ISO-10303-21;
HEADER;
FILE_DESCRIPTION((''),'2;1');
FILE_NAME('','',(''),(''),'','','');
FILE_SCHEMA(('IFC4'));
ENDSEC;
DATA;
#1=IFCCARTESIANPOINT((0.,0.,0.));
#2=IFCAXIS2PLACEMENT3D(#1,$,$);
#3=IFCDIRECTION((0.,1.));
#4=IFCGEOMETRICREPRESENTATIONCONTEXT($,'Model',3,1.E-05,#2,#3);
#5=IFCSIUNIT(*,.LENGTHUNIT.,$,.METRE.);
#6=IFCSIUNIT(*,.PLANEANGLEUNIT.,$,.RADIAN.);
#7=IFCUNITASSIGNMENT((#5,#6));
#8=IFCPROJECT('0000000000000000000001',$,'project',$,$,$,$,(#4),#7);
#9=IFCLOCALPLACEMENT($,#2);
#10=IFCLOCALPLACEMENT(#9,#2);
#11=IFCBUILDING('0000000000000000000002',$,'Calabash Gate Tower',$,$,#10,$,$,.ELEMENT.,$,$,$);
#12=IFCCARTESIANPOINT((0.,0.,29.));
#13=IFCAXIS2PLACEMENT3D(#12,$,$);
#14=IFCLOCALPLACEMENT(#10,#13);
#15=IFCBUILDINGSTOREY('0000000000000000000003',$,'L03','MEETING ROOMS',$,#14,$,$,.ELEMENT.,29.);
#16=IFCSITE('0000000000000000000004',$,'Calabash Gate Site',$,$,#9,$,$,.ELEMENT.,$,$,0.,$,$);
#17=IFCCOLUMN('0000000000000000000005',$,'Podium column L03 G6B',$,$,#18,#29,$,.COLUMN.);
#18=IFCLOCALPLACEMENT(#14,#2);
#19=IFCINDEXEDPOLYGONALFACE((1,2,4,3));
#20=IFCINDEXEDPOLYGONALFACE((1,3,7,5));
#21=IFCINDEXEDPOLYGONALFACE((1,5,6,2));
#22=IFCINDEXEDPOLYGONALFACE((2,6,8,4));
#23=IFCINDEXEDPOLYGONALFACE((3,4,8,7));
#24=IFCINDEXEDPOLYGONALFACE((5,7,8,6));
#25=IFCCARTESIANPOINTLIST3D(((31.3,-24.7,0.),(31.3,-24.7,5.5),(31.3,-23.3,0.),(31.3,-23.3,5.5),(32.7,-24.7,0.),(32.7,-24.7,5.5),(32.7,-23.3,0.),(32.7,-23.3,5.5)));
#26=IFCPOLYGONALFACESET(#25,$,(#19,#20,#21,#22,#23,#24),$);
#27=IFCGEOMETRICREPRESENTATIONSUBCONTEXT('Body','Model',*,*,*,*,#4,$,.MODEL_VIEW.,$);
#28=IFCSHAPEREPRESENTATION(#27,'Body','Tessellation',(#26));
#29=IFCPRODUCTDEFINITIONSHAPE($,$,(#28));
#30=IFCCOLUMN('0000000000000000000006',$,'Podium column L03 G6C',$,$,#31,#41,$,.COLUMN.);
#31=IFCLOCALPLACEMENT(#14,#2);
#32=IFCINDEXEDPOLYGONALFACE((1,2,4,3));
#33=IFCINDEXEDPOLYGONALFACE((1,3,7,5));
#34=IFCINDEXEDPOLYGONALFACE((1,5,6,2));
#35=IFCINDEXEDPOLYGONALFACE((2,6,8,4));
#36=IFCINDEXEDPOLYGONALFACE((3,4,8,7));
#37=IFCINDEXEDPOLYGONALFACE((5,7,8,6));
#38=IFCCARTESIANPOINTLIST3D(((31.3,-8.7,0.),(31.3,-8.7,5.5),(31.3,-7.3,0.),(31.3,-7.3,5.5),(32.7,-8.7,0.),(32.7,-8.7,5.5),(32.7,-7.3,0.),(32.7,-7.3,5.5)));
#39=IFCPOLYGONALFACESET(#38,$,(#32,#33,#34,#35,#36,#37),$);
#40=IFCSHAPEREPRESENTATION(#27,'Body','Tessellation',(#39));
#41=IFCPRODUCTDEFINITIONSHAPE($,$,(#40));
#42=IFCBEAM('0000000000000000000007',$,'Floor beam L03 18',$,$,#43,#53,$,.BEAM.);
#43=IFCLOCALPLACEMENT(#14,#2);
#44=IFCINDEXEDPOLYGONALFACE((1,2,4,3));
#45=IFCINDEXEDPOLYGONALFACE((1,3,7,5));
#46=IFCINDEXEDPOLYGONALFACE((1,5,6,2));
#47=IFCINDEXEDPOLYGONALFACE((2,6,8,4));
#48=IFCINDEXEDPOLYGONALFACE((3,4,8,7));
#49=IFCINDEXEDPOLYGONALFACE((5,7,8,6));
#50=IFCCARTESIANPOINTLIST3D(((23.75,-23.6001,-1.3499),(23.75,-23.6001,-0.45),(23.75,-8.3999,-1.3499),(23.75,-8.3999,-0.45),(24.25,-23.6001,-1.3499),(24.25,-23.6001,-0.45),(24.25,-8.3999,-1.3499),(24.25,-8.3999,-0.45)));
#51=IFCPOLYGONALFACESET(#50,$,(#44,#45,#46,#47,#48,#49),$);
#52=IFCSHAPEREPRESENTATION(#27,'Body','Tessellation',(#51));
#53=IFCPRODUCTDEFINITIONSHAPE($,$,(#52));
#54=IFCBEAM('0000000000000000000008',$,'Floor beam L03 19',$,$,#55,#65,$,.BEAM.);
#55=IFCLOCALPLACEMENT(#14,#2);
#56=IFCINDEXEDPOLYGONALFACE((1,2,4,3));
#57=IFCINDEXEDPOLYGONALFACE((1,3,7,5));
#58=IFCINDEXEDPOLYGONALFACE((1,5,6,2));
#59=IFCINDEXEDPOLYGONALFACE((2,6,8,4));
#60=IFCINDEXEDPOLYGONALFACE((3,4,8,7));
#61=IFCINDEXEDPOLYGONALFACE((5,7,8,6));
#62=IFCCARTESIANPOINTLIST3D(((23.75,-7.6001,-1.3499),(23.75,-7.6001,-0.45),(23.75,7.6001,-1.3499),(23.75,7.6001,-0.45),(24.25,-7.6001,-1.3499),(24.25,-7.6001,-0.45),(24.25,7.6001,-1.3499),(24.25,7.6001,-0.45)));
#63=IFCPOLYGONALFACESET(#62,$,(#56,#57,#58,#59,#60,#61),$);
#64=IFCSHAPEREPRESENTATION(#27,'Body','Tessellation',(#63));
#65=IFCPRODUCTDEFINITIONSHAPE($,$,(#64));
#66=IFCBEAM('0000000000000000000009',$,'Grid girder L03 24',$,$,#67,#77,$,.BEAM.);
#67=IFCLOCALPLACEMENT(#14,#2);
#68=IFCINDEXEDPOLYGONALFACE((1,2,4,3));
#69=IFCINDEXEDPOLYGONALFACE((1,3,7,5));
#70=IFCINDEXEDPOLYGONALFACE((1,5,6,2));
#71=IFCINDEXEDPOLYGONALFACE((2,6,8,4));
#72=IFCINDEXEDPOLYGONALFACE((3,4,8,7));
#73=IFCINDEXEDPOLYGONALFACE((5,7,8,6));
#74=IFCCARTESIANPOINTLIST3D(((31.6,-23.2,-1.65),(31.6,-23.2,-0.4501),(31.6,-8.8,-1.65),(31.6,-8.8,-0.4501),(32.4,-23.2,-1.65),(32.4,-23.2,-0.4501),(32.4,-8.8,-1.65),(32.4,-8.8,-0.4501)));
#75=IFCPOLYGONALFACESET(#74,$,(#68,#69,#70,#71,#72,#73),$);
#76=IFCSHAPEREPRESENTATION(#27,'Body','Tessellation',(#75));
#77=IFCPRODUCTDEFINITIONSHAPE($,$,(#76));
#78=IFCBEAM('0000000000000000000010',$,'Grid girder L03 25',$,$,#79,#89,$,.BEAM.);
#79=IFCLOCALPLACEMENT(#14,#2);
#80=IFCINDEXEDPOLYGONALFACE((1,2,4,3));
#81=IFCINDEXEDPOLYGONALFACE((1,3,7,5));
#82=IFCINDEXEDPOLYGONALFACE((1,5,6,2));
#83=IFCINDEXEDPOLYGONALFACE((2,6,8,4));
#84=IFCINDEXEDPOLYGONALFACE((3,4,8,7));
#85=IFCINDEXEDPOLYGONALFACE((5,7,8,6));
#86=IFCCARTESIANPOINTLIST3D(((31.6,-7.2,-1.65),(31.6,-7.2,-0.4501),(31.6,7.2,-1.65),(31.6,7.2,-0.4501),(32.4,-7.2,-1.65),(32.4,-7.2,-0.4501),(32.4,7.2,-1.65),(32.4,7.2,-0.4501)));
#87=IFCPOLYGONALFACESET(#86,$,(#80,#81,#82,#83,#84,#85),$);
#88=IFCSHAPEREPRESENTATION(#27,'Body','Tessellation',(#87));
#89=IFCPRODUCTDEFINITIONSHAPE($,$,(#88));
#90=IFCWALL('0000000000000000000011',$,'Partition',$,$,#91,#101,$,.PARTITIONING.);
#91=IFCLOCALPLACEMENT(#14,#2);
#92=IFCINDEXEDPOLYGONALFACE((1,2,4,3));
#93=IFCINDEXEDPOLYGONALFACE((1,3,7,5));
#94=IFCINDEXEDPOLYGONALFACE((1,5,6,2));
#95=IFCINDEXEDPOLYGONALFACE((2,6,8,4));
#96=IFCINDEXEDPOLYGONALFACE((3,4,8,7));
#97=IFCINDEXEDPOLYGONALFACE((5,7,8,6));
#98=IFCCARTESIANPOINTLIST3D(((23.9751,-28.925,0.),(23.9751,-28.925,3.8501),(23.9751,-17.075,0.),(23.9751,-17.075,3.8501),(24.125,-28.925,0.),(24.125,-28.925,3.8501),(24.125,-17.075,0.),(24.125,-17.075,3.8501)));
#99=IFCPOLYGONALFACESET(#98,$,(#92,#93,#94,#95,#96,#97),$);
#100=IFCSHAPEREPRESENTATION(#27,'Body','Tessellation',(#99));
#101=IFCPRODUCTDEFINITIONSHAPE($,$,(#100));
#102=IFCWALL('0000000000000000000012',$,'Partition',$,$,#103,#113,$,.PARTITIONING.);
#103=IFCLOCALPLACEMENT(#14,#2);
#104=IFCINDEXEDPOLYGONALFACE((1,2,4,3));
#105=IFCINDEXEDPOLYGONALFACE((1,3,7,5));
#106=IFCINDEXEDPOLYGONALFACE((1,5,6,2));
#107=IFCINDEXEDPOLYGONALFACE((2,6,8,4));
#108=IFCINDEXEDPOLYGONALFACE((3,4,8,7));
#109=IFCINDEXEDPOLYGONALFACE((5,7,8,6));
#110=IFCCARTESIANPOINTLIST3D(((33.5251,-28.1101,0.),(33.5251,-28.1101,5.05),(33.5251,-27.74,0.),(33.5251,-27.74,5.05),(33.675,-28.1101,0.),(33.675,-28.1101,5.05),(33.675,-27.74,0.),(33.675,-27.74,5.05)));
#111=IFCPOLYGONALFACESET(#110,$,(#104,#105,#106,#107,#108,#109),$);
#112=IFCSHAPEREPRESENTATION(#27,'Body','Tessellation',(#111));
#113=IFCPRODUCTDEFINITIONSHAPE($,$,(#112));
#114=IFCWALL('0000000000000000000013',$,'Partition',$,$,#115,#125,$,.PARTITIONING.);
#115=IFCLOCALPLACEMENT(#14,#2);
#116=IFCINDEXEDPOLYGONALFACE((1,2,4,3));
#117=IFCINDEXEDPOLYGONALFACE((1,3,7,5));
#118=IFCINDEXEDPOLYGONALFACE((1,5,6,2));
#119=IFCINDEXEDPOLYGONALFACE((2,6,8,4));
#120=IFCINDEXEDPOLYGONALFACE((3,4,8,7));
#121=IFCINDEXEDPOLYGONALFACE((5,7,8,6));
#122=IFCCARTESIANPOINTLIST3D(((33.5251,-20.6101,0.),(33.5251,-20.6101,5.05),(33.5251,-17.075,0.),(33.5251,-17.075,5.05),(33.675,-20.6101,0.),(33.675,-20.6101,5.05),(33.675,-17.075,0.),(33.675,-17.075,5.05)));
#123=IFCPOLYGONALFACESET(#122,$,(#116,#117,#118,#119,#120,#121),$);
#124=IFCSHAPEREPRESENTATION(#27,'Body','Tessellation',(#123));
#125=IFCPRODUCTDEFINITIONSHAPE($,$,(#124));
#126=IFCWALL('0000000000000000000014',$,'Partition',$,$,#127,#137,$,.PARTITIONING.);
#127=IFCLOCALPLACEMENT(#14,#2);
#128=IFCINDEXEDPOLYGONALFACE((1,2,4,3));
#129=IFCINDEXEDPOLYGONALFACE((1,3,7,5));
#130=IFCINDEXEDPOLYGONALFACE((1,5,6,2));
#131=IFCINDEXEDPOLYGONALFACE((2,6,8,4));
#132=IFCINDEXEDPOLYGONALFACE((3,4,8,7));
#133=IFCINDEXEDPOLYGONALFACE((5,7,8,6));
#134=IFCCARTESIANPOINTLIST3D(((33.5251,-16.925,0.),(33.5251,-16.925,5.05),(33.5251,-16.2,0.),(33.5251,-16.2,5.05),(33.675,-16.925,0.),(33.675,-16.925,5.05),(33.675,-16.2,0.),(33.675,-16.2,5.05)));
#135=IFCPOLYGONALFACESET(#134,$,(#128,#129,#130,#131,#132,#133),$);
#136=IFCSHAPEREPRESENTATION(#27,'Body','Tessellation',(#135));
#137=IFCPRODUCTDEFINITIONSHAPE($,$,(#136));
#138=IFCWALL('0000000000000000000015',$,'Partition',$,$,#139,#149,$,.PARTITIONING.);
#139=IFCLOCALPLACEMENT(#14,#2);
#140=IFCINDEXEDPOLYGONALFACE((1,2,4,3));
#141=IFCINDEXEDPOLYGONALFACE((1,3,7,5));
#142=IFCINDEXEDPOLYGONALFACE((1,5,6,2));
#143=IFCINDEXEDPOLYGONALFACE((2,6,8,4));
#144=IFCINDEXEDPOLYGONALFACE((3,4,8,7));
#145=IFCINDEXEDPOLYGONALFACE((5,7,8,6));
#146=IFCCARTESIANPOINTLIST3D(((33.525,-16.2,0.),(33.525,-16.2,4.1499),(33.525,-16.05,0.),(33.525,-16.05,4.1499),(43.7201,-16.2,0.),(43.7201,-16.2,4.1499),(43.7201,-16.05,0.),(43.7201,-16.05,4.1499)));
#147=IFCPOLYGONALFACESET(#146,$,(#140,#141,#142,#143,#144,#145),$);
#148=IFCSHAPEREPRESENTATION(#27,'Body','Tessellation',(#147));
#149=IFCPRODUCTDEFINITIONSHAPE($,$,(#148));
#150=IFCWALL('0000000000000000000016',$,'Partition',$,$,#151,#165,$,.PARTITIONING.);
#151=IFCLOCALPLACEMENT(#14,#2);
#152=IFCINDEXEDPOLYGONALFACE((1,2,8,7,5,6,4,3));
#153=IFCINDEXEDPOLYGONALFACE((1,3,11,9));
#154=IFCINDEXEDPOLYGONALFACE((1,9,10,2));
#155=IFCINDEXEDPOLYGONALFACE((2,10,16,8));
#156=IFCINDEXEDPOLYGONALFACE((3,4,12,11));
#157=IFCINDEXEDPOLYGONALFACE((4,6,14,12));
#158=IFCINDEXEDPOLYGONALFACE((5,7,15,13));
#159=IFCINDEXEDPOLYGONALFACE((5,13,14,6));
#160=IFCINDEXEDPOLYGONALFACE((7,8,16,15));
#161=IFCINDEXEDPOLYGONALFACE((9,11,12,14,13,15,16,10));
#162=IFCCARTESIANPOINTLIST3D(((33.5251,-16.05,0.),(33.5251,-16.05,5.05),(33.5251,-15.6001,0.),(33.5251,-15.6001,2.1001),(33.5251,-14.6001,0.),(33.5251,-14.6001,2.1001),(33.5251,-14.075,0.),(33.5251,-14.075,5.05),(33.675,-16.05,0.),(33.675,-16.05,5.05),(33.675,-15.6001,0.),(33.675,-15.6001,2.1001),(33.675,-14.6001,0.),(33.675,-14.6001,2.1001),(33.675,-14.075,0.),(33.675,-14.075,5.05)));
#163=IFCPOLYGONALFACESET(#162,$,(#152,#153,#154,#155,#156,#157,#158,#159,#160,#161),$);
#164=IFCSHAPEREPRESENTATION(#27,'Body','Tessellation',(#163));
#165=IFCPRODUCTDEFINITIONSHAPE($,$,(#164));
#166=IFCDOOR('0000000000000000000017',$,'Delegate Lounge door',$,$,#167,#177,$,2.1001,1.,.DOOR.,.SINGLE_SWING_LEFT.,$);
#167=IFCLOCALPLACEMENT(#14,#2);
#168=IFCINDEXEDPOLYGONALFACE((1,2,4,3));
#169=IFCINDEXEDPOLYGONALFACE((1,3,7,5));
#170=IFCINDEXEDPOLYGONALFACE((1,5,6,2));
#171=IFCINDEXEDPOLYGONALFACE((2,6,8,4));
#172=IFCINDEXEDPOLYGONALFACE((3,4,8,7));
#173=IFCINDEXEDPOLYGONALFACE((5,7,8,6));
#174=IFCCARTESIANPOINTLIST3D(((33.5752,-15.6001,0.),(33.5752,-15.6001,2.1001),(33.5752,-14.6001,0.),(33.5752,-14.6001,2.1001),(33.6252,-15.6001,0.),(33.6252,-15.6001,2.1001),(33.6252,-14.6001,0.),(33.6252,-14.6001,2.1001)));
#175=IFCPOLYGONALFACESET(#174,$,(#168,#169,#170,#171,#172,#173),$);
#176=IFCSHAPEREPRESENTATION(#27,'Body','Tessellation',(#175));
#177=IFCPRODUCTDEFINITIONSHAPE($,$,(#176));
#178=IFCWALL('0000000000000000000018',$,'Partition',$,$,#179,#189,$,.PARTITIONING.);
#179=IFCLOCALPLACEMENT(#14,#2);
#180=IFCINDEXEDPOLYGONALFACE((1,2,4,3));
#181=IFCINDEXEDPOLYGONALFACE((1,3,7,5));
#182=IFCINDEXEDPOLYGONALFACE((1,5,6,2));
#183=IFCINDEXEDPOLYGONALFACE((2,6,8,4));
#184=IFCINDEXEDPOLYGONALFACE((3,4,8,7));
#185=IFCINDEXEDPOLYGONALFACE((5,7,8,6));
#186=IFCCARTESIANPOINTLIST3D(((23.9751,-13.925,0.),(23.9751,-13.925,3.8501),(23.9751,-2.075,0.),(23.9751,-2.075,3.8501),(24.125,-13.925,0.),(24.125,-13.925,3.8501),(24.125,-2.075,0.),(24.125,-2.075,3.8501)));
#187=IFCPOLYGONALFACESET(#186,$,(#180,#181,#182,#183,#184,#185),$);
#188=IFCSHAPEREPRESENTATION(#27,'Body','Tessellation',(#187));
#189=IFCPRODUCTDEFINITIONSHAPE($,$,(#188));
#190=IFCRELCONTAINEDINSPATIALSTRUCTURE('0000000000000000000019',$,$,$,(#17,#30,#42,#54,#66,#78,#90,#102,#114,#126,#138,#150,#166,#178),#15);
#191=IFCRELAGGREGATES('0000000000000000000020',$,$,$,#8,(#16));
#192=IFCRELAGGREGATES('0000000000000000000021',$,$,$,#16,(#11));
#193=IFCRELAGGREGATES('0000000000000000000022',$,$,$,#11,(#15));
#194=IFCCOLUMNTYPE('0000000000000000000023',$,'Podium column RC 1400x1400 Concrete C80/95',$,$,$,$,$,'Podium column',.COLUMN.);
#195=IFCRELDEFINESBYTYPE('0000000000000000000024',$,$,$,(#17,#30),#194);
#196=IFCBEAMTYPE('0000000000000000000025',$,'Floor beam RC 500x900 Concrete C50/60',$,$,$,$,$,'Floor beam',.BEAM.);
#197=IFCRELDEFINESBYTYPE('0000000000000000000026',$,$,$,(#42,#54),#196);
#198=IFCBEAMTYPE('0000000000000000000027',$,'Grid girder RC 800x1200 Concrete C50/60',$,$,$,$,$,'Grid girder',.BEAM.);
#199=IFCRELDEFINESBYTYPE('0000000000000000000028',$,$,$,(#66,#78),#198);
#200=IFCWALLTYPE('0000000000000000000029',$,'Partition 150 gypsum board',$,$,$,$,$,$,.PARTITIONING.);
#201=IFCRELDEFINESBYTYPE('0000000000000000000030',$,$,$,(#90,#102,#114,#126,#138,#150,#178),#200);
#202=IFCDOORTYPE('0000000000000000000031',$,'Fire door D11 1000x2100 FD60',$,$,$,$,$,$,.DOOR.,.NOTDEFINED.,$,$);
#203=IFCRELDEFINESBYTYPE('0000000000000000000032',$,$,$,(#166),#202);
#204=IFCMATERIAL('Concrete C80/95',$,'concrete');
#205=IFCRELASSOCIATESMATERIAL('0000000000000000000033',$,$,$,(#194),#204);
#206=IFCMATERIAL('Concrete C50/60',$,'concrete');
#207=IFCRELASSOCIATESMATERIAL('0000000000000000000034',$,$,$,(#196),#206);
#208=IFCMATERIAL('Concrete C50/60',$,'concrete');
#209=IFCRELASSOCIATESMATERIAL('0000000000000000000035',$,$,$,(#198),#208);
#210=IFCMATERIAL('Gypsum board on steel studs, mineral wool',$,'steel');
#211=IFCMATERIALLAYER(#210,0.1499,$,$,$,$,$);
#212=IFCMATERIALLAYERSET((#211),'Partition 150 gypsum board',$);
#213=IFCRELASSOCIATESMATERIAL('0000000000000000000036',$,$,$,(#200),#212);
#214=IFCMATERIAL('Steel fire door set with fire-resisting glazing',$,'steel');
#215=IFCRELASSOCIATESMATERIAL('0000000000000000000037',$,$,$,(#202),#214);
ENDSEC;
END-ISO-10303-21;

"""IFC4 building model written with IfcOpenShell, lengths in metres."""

from ifc_helpers import new_model, si_unit, direction, frame, frame_2d, origin, origin_2d, place, context, subcontext, project, spatial, rectangle, extrude, material, layer, layer_set, material_profile, profile_set, type_object, element, fill, save


model = new_model("IFC4")

# Units and contexts
model_context = context("Model", 3, precision=1e-05, world=origin(), true_north=direction((0.0, 1.0)))
body_context = subcontext(model_context, "Body", "Model", "MODEL_VIEW")
ifc_project = project(units=[si_unit("LENGTHUNIT", "METRE"), si_unit("PLANEANGLEUNIT", "RADIAN")], contexts=[model_context])

# Site, building, storey
site_placement = place(None, origin())
site = spatial("IfcSite", under=ifc_project, at=site_placement, Name="Calabash Gate Site", CompositionType="ELEMENT", RefElevation=0.0)
building_placement = place(site_placement, origin())
building = spatial("IfcBuilding", under=site, at=building_placement, Name="Calabash Gate Tower", CompositionType="ELEMENT")
storey_placement = place(building_placement, frame((0.0, 0.0, 29.0)))
storey = spatial("IfcBuildingStorey", under=building, at=storey_placement, Name="L03", Description="MEETING ROOMS", CompositionType="ELEMENT", Elevation=29.0)

# Columns
ifc_material_1 = material(Name="Concrete C80/95", Category="concrete")
ifc_material_profile_1 = material_profile(ifc_material_1, rectangle(XDim=1.3999, YDim=1.3999, at=origin_2d()))
ifc_profile_set_1 = profile_set([ifc_material_profile_1], Name="Concrete C80/95")
column_type = type_object("IfcColumnType", Name="Podium column RC 1400x1400 Concrete C80/95", ElementType="Podium column", PredefinedType="COLUMN", material=ifc_profile_set_1)
for number, where, z_axis, x_axis, name in (
    (1, (32.0, -24.0, 0.0), (0.0, 0.0, 1.0), (1.0, 0.0, 0.0), "Podium column L03 G6B"),
    (2, (32.0, -8.0, 0.0), (0.0, 0.0, 1.0), (1.0, 0.0, 0.0), "Podium column L03 G6C"),
):
    element("IfcColumn", number, at=place(storey_placement, frame(where, z_axis=z_axis, x_axis=x_axis)), inside=storey, type_object=column_type, Name=name, PredefinedType="COLUMN", context=body_context, shape_type="SweptSolid", body=[
        extrude(rectangle(XDim=1.3999, YDim=1.3999, at=origin_2d()), origin(), (0.0, 0.0, 1.0), 5.5),
    ])

# Beams
ifc_material_2 = material(Name="Concrete C50/60", Category="concrete")
ifc_material_profile_2 = material_profile(ifc_material_2, rectangle(XDim=0.5, YDim=0.8999, at=origin_2d()))
ifc_profile_set_2 = profile_set([ifc_material_profile_2], Name="Concrete C50/60")
beam_type_1 = type_object("IfcBeamType", Name="Floor beam RC 500x900 Concrete C50/60", ElementType="Floor beam", PredefinedType="BEAM", material=ifc_profile_set_2)
for number, where, z_axis, x_axis, name in (
    (3, (24.0, -23.6001, -0.8999), (0.0, 1.0, 0.0), (-1.0, 0.0, 0.0), "Floor beam L03 18"),
    (4, (24.0, -7.6001, -0.8999), (0.0, 1.0, 0.0), (-1.0, 0.0, 0.0), "Floor beam L03 19"),
):
    element("IfcBeam", number, at=place(storey_placement, frame(where, z_axis=z_axis, x_axis=x_axis)), inside=storey, type_object=beam_type_1, Name=name, PredefinedType="BEAM", context=body_context, shape_type="SweptSolid", body=[
        extrude(rectangle(XDim=0.5, YDim=0.8999, at=origin_2d()), origin(), (0.0, 0.0, 1.0), 15.2002),
    ])
ifc_material_3 = material(Name="Concrete C50/60", Category="concrete")
ifc_material_profile_3 = material_profile(ifc_material_3, rectangle(XDim=0.8, YDim=1.2, at=origin_2d()))
ifc_profile_set_3 = profile_set([ifc_material_profile_3], Name="Concrete C50/60")
beam_type_2 = type_object("IfcBeamType", Name="Grid girder RC 800x1200 Concrete C50/60", ElementType="Grid girder", PredefinedType="BEAM", material=ifc_profile_set_3)
for number, where, z_axis, x_axis, name in (
    (5, (32.0, -23.2, -1.05), (0.0, 1.0, 0.0), (-1.0, 0.0, 0.0), "Grid girder L03 24"),
    (6, (32.0, -7.2, -1.05), (0.0, 1.0, 0.0), (-1.0, 0.0, 0.0), "Grid girder L03 25"),
):
    element("IfcBeam", number, at=place(storey_placement, frame(where, z_axis=z_axis, x_axis=x_axis)), inside=storey, type_object=beam_type_2, Name=name, PredefinedType="BEAM", context=body_context, shape_type="SweptSolid", body=[
        extrude(rectangle(XDim=0.8, YDim=1.2, at=origin_2d()), origin(), (0.0, 0.0, 1.0), 14.3999),
    ])

# Walls
ifc_material_4 = material(Name="Gypsum board on steel studs, mineral wool", Category="steel")
ifc_layer_1 = layer(ifc_material_4, 0.1499)
ifc_layer_set_1 = layer_set([ifc_layer_1], Name="Partition 150 gypsum board")
wall_type_1 = type_object("IfcWallType", Name="Partition 150 gypsum board", PredefinedType="PARTITIONING", material=ifc_layer_set_1)
wall_1_placement = place(storey_placement, frame((24.05, -28.925, 0.0), z_axis=(0.0, 0.0, 1.0), x_axis=(0.0, 1.0, 0.0)))
element("IfcWall", 7, at=wall_1_placement, inside=storey, type_object=wall_type_1, Name="Partition", PredefinedType="PARTITIONING", context=body_context, shape_type="SweptSolid", body=[
    extrude(rectangle(XDim=11.8501, YDim=0.1499, at=frame_2d((5.925, 0.0))), origin(), (0.0, 0.0, 1.0), 3.8501),
])
wall_2_placement = place(storey_placement, frame((33.6001, -28.1101, 0.0), z_axis=(0.0, 0.0, 1.0), x_axis=(0.0, 1.0, 0.0)))
element("IfcWall", 8, at=wall_2_placement, inside=storey, type_object=wall_type_1, Name="Partition", PredefinedType="PARTITIONING", context=body_context, shape_type="SweptSolid", body=[
    extrude(rectangle(XDim=0.3701, YDim=0.1499, at=frame_2d((0.1851, 0.0))), origin(), (0.0, 0.0, 1.0), 5.05),
])
wall_3_placement = place(storey_placement, frame((33.6001, -20.6101, 0.0), z_axis=(0.0, 0.0, 1.0), x_axis=(0.0, 1.0, 0.0)))
element("IfcWall", 9, at=wall_3_placement, inside=storey, type_object=wall_type_1, Name="Partition", PredefinedType="PARTITIONING", context=body_context, shape_type="SweptSolid", body=[
    extrude(rectangle(XDim=3.5352, YDim=0.1499, at=frame_2d((1.7676, 0.0))), origin(), (0.0, 0.0, 1.0), 5.05),
])
wall_4_placement = place(storey_placement, frame((33.6001, -16.925, 0.0), z_axis=(0.0, 0.0, 1.0), x_axis=(0.0, 1.0, 0.0)))
element("IfcWall", 10, at=wall_4_placement, inside=storey, type_object=wall_type_1, Name="Partition", PredefinedType="PARTITIONING", context=body_context, shape_type="SweptSolid", body=[
    extrude(rectangle(XDim=0.7251, YDim=0.1499, at=frame_2d((0.3625, 0.0))), origin(), (0.0, 0.0, 1.0), 5.05),
])
wall_5_placement = place(storey_placement, frame((33.5249, -16.125, 0.0), z_axis=(0.0, 0.0, 1.0), x_axis=(1.0, 0.0, 0.0)))
element("IfcWall", 11, at=wall_5_placement, inside=storey, type_object=wall_type_1, Name="Partition", PredefinedType="PARTITIONING", context=body_context, shape_type="SweptSolid", body=[
    extrude(rectangle(XDim=10.1951, YDim=0.1499, at=frame_2d((5.0977, 0.0))), origin(), (0.0, 0.0, 1.0), 4.1499),
])

# Wall, opening, door
wall_6_placement = place(storey_placement, frame((33.6001, -16.05, 0.0), z_axis=(0.0, 0.0, 1.0), x_axis=(0.0, 1.0, 0.0)))
wall_6 = element("IfcWall", 12, at=wall_6_placement, inside=storey, type_object=wall_type_1, Name="Partition", PredefinedType="PARTITIONING", context=body_context, shape_type="SweptSolid", body=[
    extrude(rectangle(XDim=1.9751, YDim=0.1499, at=frame_2d((0.9875, 0.0))), origin(), (0.0, 0.0, 1.0), 5.05),
])
opening_1_placement = place(wall_6_placement, frame((0.45, 0.0, 0.0)))
opening_1 = element("IfcOpeningElement", 13, at=opening_1_placement, cuts=wall_6, PredefinedType="OPENING", context=body_context, shape_type="SweptSolid", body=[
    extrude(rectangle(XDim=1.0, YDim=2.1001, at=frame_2d((0.5, 1.05))), frame((0.0, 0.085, 0.0), z_axis=(0.0, -1.0, 0.0), x_axis=(1.0, 0.0, 0.0)), (0.0, 0.0, 1.0), 0.1699),
])
ifc_material_5 = material(Name="Steel fire door set with fire-resisting glazing", Category="steel")
door_type_1 = type_object("IfcDoorType", Name="Fire door D11 1000x2100 FD60", OperationType="NOTDEFINED", PredefinedType="DOOR", material=ifc_material_5)
door_1_placement = place(opening_1_placement, origin())
door_1 = element("IfcDoor", 14, at=door_1_placement, inside=storey, type_object=door_type_1, Name="Delegate Lounge door", OperationType="SINGLE_SWING_LEFT", OverallHeight=2.1001, OverallWidth=1.0, PredefinedType="DOOR", context=body_context, shape_type="SweptSolid", body=[
    extrude(rectangle(XDim=1.0, YDim=2.1001, at=frame_2d((0.5, 1.05))), frame((0.0, 0.0249, 0.0), z_axis=(0.0, -1.0, 0.0), x_axis=(1.0, 0.0, 0.0)), (0.0, 0.0, 1.0), 0.05),
])
fill(opening_1, door_1)

# Wall
wall_7_placement = place(storey_placement, frame((24.05, -13.925, 0.0), z_axis=(0.0, 0.0, 1.0), x_axis=(0.0, 1.0, 0.0)))
element("IfcWall", 15, at=wall_7_placement, inside=storey, type_object=wall_type_1, Name="Partition", PredefinedType="PARTITIONING", context=body_context, shape_type="SweptSolid", body=[
    extrude(rectangle(XDim=11.8501, YDim=0.1499, at=frame_2d((5.925, 0.0))), origin(), (0.0, 0.0, 1.0), 3.8501),
])

save(model, "model.ifc")
